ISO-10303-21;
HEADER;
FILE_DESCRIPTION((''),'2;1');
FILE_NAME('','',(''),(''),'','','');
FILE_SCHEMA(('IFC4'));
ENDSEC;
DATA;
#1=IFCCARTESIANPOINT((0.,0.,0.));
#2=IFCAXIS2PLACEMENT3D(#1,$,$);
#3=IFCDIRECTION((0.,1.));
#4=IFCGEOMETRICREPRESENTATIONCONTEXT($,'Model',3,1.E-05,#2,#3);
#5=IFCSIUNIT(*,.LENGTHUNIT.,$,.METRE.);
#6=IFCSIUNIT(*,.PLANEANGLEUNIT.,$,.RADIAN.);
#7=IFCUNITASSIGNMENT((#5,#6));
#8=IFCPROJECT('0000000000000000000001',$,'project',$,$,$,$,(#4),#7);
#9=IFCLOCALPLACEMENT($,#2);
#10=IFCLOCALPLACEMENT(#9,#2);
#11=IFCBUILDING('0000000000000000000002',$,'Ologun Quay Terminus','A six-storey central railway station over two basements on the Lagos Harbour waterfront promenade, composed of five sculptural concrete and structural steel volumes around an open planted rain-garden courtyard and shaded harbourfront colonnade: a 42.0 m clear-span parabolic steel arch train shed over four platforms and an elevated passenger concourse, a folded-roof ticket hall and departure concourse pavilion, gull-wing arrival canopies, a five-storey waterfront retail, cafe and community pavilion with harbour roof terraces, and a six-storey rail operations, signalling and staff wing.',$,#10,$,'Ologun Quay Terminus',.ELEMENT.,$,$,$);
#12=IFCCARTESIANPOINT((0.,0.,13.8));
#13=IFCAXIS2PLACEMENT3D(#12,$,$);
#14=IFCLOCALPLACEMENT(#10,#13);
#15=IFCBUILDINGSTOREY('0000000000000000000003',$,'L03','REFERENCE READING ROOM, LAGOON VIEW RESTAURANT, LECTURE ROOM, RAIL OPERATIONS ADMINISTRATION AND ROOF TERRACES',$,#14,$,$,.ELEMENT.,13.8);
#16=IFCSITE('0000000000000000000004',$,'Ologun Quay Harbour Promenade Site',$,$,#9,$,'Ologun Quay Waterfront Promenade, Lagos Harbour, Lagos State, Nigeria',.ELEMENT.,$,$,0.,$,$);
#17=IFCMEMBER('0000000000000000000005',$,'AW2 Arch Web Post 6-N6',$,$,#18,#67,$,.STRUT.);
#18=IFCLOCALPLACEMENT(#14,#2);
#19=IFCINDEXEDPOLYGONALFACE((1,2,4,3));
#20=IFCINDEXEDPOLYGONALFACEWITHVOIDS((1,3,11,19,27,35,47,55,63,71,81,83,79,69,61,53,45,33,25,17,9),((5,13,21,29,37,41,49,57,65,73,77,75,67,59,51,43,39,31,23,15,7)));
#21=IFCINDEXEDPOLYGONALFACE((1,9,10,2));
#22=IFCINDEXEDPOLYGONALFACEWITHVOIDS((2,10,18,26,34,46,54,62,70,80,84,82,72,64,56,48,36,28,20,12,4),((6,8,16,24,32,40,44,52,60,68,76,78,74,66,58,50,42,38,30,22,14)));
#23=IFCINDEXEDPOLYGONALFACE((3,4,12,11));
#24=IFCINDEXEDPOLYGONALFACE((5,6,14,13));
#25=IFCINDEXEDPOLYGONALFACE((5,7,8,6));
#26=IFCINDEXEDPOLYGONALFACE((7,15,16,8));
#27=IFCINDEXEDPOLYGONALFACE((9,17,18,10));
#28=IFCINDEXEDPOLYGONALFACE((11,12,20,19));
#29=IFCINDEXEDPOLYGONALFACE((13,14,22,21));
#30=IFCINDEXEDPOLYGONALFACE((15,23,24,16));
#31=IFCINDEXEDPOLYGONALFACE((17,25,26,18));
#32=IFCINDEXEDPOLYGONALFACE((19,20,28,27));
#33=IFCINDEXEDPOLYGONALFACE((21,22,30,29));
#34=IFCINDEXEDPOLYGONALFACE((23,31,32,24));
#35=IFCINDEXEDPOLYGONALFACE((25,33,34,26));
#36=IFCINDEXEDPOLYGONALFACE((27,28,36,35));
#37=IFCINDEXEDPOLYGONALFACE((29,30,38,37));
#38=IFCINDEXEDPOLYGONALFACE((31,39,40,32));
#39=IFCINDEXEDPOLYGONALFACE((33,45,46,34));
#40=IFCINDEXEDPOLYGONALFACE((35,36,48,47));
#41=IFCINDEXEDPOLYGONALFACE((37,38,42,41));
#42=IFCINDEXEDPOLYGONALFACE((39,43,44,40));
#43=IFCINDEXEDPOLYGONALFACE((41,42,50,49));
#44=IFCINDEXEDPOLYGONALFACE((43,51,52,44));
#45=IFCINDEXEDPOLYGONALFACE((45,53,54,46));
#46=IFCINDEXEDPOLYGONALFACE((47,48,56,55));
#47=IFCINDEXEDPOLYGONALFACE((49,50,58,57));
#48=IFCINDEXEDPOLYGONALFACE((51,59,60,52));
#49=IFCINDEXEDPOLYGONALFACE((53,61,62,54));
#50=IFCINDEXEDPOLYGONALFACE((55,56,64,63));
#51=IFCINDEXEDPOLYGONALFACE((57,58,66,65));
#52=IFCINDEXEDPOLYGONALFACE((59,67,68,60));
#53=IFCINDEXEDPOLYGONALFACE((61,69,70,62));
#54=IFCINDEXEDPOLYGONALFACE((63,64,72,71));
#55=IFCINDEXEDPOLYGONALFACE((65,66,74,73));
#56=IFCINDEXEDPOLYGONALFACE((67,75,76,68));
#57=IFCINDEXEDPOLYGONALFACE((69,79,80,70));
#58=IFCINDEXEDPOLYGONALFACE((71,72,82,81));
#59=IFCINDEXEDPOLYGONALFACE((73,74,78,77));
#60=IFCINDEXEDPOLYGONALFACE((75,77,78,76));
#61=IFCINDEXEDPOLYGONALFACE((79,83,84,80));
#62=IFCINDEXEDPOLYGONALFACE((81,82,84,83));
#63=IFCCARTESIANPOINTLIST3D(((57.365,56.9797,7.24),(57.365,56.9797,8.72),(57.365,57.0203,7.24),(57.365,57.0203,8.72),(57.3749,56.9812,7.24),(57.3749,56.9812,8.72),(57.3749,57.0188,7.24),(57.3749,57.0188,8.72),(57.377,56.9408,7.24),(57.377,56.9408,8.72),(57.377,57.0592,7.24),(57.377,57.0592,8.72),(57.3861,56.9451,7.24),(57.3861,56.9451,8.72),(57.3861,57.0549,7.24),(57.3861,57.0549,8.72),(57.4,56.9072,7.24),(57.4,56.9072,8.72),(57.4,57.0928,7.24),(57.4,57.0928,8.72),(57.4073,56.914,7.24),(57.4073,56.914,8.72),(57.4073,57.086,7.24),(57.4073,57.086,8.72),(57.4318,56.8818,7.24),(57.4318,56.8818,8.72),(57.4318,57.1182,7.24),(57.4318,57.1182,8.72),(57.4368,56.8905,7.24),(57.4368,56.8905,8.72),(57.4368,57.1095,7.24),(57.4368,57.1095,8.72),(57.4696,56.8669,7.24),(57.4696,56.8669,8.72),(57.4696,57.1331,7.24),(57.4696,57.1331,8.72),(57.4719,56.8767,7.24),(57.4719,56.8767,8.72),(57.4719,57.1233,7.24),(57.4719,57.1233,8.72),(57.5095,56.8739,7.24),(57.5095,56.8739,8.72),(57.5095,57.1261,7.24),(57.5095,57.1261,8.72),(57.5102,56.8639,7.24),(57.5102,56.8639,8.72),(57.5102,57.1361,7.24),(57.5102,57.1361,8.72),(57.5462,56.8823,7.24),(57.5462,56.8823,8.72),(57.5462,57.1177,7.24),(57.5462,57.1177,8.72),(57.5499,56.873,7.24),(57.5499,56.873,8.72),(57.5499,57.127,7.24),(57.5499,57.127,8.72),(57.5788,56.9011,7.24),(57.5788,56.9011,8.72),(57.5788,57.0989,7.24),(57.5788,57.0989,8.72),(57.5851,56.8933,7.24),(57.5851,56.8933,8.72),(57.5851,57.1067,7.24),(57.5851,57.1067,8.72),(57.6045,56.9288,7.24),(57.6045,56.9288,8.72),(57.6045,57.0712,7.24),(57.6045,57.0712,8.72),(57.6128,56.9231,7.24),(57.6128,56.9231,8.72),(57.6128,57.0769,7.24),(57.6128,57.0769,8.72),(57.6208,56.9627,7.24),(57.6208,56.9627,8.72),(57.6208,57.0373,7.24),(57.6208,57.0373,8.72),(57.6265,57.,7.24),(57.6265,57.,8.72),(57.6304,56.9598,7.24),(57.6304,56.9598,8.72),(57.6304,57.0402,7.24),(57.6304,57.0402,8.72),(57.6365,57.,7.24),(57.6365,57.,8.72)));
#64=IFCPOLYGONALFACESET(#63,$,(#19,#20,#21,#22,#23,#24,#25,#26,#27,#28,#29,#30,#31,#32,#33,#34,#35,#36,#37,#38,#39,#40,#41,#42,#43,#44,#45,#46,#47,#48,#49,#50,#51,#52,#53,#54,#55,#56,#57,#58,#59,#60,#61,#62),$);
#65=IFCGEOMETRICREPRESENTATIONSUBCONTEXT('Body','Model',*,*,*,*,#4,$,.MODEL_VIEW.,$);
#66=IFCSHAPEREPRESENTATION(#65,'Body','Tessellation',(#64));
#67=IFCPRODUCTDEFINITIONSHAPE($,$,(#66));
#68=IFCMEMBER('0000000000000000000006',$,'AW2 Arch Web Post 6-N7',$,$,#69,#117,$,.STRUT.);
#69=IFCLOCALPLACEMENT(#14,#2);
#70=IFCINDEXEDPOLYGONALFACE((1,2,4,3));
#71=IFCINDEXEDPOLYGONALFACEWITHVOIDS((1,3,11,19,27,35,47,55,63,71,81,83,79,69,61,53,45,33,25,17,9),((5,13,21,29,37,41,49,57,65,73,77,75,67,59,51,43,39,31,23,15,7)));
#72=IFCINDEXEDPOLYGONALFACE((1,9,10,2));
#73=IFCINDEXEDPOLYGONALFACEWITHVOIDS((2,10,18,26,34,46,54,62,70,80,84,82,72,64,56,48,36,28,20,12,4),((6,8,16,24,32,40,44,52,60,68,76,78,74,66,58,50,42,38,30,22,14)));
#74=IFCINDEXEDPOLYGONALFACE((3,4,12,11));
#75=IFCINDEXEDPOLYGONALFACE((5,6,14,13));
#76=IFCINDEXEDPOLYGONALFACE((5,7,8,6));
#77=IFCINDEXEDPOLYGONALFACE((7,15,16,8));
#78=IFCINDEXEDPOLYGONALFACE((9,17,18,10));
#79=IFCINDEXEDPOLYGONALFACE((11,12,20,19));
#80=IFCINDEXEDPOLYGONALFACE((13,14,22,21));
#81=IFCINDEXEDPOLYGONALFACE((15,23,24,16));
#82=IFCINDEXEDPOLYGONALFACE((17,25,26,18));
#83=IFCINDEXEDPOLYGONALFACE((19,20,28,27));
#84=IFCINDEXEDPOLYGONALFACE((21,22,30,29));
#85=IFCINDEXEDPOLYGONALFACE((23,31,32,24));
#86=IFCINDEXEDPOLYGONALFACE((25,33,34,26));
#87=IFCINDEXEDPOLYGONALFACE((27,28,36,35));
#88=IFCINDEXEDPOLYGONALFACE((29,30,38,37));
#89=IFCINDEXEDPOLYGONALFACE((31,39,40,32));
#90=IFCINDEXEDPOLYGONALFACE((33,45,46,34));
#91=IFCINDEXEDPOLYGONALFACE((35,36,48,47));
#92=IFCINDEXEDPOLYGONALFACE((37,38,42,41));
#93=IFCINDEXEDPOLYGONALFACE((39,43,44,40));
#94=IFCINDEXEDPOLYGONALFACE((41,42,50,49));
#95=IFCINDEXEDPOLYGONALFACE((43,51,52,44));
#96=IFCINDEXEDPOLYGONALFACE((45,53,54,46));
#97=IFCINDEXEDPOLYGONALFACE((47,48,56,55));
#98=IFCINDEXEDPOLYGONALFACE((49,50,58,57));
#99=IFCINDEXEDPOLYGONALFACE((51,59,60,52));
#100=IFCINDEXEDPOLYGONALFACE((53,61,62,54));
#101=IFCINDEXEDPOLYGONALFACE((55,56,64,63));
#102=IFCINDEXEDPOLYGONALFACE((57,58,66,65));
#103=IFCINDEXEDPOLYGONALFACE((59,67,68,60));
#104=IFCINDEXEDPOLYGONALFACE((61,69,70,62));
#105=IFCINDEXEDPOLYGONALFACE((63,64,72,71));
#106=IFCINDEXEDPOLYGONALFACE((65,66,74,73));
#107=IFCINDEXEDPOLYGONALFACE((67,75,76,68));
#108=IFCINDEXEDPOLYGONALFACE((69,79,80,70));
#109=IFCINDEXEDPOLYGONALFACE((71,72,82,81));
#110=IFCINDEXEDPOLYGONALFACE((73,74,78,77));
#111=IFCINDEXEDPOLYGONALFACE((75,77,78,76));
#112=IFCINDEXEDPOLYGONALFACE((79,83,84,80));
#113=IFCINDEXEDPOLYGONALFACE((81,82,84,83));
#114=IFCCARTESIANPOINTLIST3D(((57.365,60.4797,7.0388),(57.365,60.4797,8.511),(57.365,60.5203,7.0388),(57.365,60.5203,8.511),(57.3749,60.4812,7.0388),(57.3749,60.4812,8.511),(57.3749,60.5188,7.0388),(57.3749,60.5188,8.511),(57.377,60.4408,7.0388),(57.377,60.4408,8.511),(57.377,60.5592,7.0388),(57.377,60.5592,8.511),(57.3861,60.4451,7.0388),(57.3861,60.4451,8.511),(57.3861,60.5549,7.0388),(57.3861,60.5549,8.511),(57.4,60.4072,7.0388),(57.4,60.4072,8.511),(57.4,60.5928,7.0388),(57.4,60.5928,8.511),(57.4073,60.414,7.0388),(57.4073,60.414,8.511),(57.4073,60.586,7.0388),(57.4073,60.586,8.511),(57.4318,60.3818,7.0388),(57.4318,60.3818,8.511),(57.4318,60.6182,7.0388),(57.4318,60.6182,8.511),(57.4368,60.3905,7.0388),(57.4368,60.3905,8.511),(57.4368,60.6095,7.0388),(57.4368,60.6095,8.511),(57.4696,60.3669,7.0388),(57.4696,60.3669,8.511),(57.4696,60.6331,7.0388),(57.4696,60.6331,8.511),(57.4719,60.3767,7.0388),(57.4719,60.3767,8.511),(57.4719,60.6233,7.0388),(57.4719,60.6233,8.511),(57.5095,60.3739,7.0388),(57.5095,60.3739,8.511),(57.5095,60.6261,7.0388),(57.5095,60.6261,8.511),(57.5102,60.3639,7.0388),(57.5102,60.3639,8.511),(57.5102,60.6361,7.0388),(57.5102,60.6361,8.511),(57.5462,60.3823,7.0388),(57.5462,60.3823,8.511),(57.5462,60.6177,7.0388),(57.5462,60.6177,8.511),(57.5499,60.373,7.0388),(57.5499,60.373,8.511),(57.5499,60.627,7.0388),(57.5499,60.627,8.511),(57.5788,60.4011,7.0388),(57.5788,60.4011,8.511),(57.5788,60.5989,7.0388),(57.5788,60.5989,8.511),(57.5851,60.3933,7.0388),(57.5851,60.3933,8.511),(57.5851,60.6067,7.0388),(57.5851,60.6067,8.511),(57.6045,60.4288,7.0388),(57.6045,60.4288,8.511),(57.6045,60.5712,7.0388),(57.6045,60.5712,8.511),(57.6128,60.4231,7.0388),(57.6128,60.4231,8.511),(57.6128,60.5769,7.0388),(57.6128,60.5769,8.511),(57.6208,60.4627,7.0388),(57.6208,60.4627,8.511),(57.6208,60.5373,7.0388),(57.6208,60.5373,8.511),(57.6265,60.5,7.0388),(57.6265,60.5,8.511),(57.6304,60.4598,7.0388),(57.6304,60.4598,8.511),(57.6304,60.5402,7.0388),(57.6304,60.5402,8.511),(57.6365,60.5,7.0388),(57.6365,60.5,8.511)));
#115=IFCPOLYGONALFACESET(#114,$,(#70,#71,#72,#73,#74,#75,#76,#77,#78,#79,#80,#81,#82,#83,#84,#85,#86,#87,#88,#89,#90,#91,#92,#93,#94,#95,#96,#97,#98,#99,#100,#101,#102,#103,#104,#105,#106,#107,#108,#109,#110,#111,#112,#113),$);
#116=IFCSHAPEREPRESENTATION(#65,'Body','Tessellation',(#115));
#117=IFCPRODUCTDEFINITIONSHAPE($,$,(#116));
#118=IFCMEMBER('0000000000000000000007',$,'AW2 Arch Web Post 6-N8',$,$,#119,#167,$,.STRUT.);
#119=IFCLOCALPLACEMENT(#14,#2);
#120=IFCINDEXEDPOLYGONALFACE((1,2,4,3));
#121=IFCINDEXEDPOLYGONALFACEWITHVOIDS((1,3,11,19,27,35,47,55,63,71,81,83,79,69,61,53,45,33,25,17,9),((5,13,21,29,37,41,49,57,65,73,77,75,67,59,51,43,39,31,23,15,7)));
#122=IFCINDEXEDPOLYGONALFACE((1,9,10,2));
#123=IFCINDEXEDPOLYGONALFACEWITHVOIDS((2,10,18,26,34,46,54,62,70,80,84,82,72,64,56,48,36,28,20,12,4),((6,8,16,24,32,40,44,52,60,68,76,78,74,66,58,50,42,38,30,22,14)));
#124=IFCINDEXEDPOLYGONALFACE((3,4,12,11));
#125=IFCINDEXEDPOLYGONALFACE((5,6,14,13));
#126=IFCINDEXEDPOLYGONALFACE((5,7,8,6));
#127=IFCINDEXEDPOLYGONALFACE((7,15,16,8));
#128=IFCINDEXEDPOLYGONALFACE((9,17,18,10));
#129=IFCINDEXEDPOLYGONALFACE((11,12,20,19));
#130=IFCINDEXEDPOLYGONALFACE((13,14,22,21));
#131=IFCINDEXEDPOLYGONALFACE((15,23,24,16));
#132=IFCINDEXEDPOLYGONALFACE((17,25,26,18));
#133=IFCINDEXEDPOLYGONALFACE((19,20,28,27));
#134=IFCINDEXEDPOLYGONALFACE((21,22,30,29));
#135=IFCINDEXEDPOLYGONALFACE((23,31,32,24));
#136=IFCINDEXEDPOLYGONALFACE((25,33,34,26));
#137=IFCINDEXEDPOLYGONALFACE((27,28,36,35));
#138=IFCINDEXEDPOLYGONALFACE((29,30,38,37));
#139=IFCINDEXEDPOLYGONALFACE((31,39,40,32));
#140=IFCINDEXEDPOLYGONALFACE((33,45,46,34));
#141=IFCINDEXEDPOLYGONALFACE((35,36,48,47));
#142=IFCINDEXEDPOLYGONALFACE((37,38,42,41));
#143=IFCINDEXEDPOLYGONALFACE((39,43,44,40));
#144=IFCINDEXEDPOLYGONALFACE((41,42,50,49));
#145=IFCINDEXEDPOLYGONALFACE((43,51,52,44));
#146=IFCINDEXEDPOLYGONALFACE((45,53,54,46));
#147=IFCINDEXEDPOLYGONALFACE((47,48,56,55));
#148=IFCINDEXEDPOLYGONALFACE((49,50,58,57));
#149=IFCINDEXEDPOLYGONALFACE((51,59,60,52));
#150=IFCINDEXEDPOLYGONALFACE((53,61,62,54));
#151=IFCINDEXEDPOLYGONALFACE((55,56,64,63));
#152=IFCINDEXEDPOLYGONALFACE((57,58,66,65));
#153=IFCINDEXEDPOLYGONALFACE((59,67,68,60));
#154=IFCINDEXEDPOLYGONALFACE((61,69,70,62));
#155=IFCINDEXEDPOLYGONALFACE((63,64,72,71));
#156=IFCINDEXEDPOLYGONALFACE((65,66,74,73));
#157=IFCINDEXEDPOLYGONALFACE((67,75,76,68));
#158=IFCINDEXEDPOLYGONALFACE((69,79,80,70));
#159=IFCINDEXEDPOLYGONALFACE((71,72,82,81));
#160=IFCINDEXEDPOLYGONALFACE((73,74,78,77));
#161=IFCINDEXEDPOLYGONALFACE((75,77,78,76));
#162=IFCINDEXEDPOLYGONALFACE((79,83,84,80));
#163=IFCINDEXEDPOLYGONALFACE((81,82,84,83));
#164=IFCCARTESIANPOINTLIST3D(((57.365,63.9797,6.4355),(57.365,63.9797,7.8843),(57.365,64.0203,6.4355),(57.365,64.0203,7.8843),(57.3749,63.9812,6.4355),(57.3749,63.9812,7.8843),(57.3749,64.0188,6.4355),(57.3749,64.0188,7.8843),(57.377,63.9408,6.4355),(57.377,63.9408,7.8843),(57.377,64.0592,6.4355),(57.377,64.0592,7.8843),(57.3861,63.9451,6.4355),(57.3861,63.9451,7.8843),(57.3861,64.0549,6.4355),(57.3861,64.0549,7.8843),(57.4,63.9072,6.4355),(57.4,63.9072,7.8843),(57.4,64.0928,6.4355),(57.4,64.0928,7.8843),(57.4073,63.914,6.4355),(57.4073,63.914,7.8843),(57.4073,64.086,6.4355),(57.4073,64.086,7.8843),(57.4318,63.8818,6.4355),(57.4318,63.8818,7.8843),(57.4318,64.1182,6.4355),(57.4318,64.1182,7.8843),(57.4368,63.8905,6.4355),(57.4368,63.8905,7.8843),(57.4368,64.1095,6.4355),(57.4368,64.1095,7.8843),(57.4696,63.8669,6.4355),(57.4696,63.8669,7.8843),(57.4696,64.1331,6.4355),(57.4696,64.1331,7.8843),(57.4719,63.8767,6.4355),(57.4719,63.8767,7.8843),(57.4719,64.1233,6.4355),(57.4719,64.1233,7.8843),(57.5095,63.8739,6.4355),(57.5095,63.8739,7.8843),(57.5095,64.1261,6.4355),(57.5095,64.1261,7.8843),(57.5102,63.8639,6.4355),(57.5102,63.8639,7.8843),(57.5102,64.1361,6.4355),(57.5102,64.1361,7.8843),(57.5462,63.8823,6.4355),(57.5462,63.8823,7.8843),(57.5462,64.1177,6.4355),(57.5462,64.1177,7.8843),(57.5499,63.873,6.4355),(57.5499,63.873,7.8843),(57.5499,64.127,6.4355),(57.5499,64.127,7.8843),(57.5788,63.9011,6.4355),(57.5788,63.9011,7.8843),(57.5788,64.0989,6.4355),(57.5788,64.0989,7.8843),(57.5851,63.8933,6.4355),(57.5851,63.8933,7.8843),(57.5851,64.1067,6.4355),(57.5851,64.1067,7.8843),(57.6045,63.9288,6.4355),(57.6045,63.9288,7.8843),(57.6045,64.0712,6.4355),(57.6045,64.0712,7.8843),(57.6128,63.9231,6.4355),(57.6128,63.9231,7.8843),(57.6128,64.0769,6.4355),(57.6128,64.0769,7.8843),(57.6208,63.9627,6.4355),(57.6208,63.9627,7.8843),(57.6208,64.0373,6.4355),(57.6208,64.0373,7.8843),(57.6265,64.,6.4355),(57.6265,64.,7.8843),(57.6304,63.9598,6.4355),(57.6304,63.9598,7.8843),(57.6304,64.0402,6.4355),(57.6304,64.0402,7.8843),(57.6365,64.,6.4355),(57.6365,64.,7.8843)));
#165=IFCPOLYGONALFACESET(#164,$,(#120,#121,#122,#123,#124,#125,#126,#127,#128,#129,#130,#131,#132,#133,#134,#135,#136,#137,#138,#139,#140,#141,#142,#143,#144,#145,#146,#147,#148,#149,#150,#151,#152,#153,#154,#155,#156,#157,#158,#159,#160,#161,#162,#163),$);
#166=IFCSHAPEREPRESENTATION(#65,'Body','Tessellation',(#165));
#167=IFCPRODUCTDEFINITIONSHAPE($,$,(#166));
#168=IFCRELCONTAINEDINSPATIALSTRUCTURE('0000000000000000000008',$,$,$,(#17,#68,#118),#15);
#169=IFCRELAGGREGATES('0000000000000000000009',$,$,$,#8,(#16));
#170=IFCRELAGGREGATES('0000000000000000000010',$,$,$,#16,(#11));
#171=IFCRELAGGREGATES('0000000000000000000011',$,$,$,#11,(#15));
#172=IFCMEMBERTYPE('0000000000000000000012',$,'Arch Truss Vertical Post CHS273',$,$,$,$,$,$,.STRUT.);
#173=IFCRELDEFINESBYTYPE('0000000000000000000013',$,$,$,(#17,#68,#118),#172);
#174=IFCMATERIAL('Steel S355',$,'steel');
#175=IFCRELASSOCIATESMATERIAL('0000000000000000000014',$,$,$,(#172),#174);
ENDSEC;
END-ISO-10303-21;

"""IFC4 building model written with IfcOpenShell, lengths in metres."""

from ifc_helpers import new_model, si_unit, direction, frame, origin, origin_2d, place, context, subcontext, project, spatial, hollow_circle, extrude, material, material_profile, profile_set, type_object, element, save


model = new_model("IFC4")

# Units and contexts
model_context = context("Model", 3, precision=1e-05, world=origin(), true_north=direction((0.0, 1.0)))
body_context = subcontext(model_context, "Body", "Model", "MODEL_VIEW")
ifc_project = project(units=[si_unit("LENGTHUNIT", "METRE"), si_unit("PLANEANGLEUNIT", "RADIAN")], contexts=[model_context])

# Site, building, storey
site_placement = place(None, origin())
site = spatial("IfcSite", under=ifc_project, at=site_placement, Name="Ologun Quay Harbour Promenade Site", LongName="Ologun Quay Waterfront Promenade, Lagos Harbour, Lagos State, Nigeria", CompositionType="ELEMENT", RefElevation=0.0)
building_placement = place(site_placement, origin())
building = spatial("IfcBuilding", under=site, at=building_placement, Name="Ologun Quay Terminus", Description="A six-storey central railway station over two basements on the Lagos Harbour waterfront promenade, composed of five sculptural concrete and structural steel volumes around an open planted rain-garden courtyard and shaded harbourfront colonnade: a 42.0 m clear-span parabolic steel arch train shed over four platforms and an elevated passenger concourse, a folded-roof ticket hall and departure concourse pavilion, gull-wing arrival canopies, a five-storey waterfront retail, cafe and community pavilion with harbour roof terraces, and a six-storey rail operations, signalling and staff wing.", LongName="Ologun Quay Terminus", CompositionType="ELEMENT")
storey_placement = place(building_placement, frame((0.0, 0.0, 13.8)))
storey = spatial("IfcBuildingStorey", under=building, at=storey_placement, Name="L03", Description="REFERENCE READING ROOM, LAGOON VIEW RESTAURANT, LECTURE ROOM, RAIL OPERATIONS ADMINISTRATION AND ROOF TERRACES", CompositionType="ELEMENT", Elevation=13.8)

# Members
ifc_material_1 = material(Name="Steel S355", Category="steel")
ifc_material_profile_1 = material_profile(ifc_material_1, hollow_circle(Radius=0.1365, WallThickness=0.01, at=origin_2d()), Name="CHS 273x10")
ifc_profile_set_1 = profile_set([ifc_material_profile_1], Name="Steel S355")
member_type_1 = type_object("IfcMemberType", Name="Arch Truss Vertical Post CHS273", PredefinedType="STRUT", material=ifc_profile_set_1)
member_1_placement = place(storey_placement, frame((57.5, 57.0, 7.24), z_axis=(0.0, 0.0, 1.0), x_axis=(1.0, 0.0, 0.0)))
element("IfcMember", 1, at=member_1_placement, inside=storey, type_object=member_type_1, Name="AW2 Arch Web Post 6-N6", PredefinedType="STRUT", context=body_context, shape_type="SweptSolid", body=[
    extrude(hollow_circle(Radius=0.1365, WallThickness=0.01, at=origin_2d()), origin(), (0.0, 0.0, 1.0), 1.48),
])
member_2_placement = place(storey_placement, frame((57.5, 60.5, 7.0388), z_axis=(0.0, 0.0, 1.0), x_axis=(1.0, 0.0, 0.0)))
element("IfcMember", 2, at=member_2_placement, inside=storey, type_object=member_type_1, Name="AW2 Arch Web Post 6-N7", PredefinedType="STRUT", context=body_context, shape_type="SweptSolid", body=[
    extrude(hollow_circle(Radius=0.1365, WallThickness=0.01, at=origin_2d()), origin(), (0.0, 0.0, 1.0), 1.4722),
])
member_3_placement = place(storey_placement, frame((57.5, 64.0, 6.4355), z_axis=(0.0, 0.0, 1.0), x_axis=(1.0, 0.0, 0.0)))
element("IfcMember", 3, at=member_3_placement, inside=storey, type_object=member_type_1, Name="AW2 Arch Web Post 6-N8", PredefinedType="STRUT", context=body_context, shape_type="SweptSolid", body=[
    extrude(hollow_circle(Radius=0.1365, WallThickness=0.01, at=origin_2d()), origin(), (0.0, 0.0, 1.0), 1.4487),
])

save(model, "model.ifc")
